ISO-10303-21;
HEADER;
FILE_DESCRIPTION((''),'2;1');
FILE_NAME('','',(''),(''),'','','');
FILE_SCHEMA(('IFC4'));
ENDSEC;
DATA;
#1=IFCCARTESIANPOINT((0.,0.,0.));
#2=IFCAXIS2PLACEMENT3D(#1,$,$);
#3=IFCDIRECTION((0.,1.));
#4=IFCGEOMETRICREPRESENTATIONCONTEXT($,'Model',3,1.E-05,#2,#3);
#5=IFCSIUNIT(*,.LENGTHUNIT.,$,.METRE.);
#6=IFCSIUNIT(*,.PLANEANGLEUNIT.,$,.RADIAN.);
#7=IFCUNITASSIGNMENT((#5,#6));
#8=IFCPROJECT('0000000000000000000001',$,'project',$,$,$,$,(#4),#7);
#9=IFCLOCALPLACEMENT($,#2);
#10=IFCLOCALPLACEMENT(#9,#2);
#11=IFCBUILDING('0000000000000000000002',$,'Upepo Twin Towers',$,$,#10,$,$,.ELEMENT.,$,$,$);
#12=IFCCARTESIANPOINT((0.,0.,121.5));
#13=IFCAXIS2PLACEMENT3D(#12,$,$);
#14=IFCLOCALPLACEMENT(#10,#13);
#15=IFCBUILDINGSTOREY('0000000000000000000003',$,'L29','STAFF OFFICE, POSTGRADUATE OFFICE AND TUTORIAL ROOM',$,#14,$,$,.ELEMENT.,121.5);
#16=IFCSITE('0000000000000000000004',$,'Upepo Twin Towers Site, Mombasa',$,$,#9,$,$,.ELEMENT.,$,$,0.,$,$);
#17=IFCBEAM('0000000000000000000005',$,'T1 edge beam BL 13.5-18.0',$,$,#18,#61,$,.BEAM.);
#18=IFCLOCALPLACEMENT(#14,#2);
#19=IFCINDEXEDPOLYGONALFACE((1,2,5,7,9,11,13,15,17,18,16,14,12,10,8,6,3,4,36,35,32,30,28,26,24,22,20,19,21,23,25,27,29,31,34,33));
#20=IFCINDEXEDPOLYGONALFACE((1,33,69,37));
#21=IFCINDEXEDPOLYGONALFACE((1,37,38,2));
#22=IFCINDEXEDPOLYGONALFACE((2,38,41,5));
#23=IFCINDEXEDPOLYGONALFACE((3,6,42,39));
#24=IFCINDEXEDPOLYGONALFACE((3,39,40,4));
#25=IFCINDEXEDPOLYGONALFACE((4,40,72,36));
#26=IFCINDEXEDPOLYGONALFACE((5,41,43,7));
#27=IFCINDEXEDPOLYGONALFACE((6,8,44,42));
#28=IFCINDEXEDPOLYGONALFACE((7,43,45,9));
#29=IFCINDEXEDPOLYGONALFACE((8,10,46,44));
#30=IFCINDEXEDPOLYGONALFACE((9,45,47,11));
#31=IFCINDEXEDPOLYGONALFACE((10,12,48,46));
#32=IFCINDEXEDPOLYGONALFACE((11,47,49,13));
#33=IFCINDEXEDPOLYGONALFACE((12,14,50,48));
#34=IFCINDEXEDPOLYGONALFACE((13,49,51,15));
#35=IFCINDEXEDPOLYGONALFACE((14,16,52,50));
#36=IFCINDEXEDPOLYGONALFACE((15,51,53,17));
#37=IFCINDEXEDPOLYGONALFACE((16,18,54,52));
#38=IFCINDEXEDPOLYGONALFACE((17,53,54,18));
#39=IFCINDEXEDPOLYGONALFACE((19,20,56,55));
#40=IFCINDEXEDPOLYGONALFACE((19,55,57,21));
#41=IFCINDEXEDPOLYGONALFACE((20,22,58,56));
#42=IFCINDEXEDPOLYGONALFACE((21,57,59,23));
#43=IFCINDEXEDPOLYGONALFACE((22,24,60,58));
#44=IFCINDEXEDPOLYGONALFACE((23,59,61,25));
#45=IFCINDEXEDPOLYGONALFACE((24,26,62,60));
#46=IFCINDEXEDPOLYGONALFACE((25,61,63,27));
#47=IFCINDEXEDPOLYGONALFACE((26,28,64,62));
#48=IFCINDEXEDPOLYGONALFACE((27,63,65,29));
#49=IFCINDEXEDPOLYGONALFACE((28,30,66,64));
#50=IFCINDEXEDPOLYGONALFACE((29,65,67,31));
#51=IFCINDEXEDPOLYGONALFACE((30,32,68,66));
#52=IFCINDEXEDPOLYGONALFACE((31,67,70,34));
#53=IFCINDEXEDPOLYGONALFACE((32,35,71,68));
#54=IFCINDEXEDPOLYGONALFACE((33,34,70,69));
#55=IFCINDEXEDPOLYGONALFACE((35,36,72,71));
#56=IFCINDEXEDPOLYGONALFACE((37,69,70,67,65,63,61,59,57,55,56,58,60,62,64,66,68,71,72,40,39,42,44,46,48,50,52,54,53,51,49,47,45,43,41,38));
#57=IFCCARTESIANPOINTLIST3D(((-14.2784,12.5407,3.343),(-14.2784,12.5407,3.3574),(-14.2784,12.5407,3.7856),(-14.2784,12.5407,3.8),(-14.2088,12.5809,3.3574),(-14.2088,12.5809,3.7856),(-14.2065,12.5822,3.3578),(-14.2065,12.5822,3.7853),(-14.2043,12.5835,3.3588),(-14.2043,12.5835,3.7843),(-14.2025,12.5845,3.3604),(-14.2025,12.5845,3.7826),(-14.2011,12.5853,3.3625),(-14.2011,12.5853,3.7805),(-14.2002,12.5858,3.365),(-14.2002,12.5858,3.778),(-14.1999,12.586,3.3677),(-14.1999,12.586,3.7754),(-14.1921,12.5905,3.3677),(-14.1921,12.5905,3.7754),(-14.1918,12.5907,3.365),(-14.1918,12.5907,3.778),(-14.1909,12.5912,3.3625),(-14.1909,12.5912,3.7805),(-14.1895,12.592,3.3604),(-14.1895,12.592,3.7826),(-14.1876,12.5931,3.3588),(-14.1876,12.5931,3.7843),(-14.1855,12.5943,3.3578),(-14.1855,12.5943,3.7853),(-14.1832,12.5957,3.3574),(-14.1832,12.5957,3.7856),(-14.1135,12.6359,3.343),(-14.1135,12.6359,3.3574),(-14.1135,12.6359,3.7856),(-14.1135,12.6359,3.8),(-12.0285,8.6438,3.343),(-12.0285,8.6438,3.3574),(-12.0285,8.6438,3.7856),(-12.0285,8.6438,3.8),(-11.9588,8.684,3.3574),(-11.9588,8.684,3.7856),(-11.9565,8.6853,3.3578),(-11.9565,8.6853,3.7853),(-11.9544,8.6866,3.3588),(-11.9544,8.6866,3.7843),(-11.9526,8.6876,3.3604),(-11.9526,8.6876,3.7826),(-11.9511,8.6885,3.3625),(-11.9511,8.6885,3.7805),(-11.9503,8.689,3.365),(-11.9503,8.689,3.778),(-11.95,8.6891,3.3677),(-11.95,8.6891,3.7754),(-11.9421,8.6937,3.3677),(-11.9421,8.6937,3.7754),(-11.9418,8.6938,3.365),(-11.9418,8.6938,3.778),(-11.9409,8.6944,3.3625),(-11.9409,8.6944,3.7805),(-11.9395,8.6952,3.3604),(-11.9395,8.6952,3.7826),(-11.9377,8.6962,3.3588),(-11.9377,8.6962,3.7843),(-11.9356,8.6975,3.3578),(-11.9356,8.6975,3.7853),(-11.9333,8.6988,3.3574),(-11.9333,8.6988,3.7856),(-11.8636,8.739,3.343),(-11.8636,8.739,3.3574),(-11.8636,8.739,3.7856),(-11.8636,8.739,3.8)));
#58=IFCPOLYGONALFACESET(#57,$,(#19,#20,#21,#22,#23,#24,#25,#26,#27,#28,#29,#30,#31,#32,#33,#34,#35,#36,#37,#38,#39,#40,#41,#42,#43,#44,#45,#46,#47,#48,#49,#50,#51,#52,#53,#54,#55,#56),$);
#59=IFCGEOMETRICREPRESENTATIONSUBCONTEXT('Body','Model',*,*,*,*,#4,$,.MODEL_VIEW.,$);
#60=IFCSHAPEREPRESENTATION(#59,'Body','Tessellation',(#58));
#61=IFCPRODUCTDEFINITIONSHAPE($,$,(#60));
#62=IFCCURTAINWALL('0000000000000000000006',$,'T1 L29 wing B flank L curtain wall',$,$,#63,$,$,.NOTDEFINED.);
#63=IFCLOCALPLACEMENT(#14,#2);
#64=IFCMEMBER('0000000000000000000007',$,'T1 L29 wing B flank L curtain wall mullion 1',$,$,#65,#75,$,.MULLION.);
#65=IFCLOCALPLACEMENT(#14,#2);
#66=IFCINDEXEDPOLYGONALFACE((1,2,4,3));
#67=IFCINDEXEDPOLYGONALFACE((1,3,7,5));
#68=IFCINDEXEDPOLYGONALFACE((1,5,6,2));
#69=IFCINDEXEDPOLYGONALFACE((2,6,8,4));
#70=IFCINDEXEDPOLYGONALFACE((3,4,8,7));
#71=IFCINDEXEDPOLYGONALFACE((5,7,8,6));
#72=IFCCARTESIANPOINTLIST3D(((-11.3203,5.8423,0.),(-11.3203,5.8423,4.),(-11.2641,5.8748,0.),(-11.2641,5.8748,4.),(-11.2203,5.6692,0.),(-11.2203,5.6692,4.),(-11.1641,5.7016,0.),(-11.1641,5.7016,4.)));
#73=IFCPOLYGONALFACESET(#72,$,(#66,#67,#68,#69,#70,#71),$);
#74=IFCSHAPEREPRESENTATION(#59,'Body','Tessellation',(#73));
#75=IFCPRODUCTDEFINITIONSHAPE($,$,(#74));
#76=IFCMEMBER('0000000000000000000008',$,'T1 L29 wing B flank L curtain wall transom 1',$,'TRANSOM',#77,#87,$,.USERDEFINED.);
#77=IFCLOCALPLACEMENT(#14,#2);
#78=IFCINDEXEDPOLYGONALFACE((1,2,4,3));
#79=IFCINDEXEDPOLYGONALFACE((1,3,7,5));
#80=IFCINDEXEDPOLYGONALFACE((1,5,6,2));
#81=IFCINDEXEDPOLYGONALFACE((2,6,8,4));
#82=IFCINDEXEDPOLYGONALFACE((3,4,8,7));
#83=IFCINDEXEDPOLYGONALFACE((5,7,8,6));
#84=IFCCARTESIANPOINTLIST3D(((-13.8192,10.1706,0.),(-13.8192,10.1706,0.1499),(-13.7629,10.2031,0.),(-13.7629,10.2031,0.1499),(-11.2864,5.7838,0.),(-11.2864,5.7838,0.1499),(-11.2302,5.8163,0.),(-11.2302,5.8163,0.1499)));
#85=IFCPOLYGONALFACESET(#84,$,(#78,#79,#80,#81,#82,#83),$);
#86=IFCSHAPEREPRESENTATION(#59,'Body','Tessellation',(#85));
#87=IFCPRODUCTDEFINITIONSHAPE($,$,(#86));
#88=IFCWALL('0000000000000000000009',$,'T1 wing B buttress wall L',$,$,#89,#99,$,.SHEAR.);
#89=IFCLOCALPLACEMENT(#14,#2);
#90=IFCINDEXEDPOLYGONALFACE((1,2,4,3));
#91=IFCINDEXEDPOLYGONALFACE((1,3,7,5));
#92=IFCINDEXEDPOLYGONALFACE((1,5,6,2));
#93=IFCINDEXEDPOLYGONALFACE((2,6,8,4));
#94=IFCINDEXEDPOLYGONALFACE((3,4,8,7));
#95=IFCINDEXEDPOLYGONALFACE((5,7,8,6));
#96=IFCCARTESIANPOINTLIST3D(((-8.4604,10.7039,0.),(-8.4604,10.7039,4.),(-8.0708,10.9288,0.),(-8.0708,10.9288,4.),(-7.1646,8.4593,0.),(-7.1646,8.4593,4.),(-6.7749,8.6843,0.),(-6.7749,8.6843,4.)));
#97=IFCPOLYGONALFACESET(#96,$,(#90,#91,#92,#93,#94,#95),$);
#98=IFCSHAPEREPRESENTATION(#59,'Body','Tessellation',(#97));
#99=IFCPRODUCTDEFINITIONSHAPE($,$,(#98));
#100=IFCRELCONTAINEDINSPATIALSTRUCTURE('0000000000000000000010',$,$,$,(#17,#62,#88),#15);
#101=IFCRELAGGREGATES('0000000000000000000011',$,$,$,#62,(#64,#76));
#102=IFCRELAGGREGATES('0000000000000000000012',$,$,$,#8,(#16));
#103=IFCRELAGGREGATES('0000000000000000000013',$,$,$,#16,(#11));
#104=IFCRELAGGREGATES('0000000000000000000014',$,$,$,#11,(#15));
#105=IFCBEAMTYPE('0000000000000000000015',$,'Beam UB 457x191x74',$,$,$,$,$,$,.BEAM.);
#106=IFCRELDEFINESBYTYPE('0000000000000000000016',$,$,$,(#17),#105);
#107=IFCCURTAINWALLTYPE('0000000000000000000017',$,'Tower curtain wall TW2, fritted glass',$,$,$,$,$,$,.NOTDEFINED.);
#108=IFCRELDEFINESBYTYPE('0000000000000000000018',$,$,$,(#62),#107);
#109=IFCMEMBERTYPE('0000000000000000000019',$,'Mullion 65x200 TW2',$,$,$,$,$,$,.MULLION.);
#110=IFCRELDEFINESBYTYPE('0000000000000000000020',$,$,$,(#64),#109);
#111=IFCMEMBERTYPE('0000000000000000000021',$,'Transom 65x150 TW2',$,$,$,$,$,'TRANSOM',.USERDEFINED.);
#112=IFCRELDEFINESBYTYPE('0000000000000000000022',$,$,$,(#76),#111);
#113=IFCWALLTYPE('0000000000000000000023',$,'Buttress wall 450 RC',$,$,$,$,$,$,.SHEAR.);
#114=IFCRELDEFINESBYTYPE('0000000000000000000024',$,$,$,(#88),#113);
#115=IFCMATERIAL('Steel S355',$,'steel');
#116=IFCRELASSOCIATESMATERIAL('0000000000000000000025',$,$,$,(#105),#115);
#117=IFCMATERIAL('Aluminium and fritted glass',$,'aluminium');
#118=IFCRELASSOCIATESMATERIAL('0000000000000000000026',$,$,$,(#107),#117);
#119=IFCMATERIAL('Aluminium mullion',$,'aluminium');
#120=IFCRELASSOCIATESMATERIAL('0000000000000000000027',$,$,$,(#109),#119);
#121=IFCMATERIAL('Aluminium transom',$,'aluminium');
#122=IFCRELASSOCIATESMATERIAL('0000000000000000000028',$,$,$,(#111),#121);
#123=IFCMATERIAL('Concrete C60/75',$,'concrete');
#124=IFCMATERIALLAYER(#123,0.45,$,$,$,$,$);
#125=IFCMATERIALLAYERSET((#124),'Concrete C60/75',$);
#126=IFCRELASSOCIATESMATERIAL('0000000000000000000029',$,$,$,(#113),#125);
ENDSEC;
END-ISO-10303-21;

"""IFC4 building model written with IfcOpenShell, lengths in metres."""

from ifc_helpers import new_model, si_unit, direction, frame, frame_2d, origin, origin_2d, place, context, subcontext, project, spatial, rectangle, i_section, extrude, material, layer, layer_set, material_profile, profile_set, type_object, element, aggregate, save


model = new_model("IFC4")

# Units and contexts
model_context = context("Model", 3, precision=1e-05, world=origin(), true_north=direction((0.0, 1.0)))
body_context = subcontext(model_context, "Body", "Model", "MODEL_VIEW")
ifc_project = project(units=[si_unit("LENGTHUNIT", "METRE"), si_unit("PLANEANGLEUNIT", "RADIAN")], contexts=[model_context])

# Site, building, storey
site_placement = place(None, origin())
site = spatial("IfcSite", under=ifc_project, at=site_placement, Name="Upepo Twin Towers Site, Mombasa", CompositionType="ELEMENT", RefElevation=0.0)
building_placement = place(site_placement, origin())
building = spatial("IfcBuilding", under=site, at=building_placement, Name="Upepo Twin Towers", CompositionType="ELEMENT")
storey_placement = place(building_placement, frame((0.0, 0.0, 121.5)))
storey = spatial("IfcBuildingStorey", under=building, at=storey_placement, Name="L29", Description="STAFF OFFICE, POSTGRADUATE OFFICE AND TUTORIAL ROOM", CompositionType="ELEMENT", Elevation=121.5)

# Beam
ifc_material_1 = material(Name="Steel S355", Category="steel")
ifc_material_profile_1 = material_profile(ifc_material_1, i_section(OverallWidth=0.1904, OverallDepth=0.457, WebThickness=0.009, FlangeThickness=0.0144, FilletRadius=0.0103, at=origin_2d()), Name="UB 457x191x74")
ifc_profile_set_1 = profile_set([ifc_material_profile_1], Name="Steel S355")
beam_type = type_object("IfcBeamType", Name="Beam UB 457x191x74", PredefinedType="BEAM", material=ifc_profile_set_1)
beam_placement = place(storey_placement, frame((-11.946, 8.6914, 3.5715), z_axis=(-0.500014, 0.866018, 0.0), x_axis=(-0.866018, -0.500014, 0.0)))
element("IfcBeam", 1, at=beam_placement, inside=storey, type_object=beam_type, Name="T1 edge beam BL 13.5-18.0", PredefinedType="BEAM", context=body_context, shape_type="SweptSolid", body=[
    extrude(i_section(OverallWidth=0.1904, OverallDepth=0.457, WebThickness=0.009, FlangeThickness=0.0144, FilletRadius=0.0103, at=origin_2d()), origin(), (0.0, 0.0, 1.0), 4.4998),
])

# Curtain wall, members
ifc_material_2 = material(Name="Aluminium and fritted glass", Category="aluminium")
curtain_wall_type = type_object("IfcCurtainWallType", Name="Tower curtain wall TW2, fritted glass", PredefinedType="NOTDEFINED", material=ifc_material_2)
curtain_wall_placement = place(storey_placement, origin())
curtain_wall = element("IfcCurtainWall", 2, at=curtain_wall_placement, inside=storey, type_object=curtain_wall_type, Name="T1 L29 wing B flank L curtain wall", PredefinedType="NOTDEFINED")
ifc_material_3 = material(Name="Aluminium mullion", Category="aluminium")
ifc_material_profile_2 = material_profile(ifc_material_3, rectangle(XDim=0.0649, YDim=0.2, at=origin_2d()), Name="MULLION 65x200")
ifc_profile_set_2 = profile_set([ifc_material_profile_2], Name="Aluminium mullion")
member_type_1 = type_object("IfcMemberType", Name="Mullion 65x200 TW2", PredefinedType="MULLION", material=ifc_profile_set_2)
member_1_placement = place(storey_placement, frame((-11.2422, 5.772, 0.0), z_axis=(0.0, 0.0, 1.0), x_axis=(-0.866025, -0.5, 0.0)))
member_1 = element("IfcMember", 3, at=member_1_placement, type_object=member_type_1, Name="T1 L29 wing B flank L curtain wall mullion 1", PredefinedType="MULLION", context=body_context, shape_type="SweptSolid", body=[
    extrude(rectangle(XDim=0.0649, YDim=0.2, at=origin_2d()), origin(), (0.0, 0.0, 1.0), 4.0),
])
ifc_material_4 = material(Name="Aluminium transom", Category="aluminium")
ifc_material_profile_3 = material_profile(ifc_material_4, rectangle(XDim=0.0649, YDim=0.1499, at=origin_2d()), Name="TRANSOM 65x150")
ifc_profile_set_3 = profile_set([ifc_material_profile_3], Name="Aluminium transom")
member_type_2 = type_object("IfcMemberType", Name="Transom 65x150 TW2", ElementType="TRANSOM", PredefinedType="USERDEFINED", material=ifc_profile_set_3)
member_2_placement = place(storey_placement, frame((-11.2583, 5.8, 0.075), z_axis=(-0.500006, 0.866022, 0.0), x_axis=(-0.866022, -0.500006, 0.0)))
member_2 = element("IfcMember", 4, at=member_2_placement, type_object=member_type_2, Name="T1 L29 wing B flank L curtain wall transom 1", ObjectType="TRANSOM", PredefinedType="USERDEFINED", context=body_context, shape_type="SweptSolid", body=[
    extrude(rectangle(XDim=0.0649, YDim=0.1499, at=origin_2d()), origin(), (0.0, 0.0, 1.0), 5.0654),
])
aggregate(curtain_wall, [member_1, member_2])

# Wall
ifc_material_5 = material(Name="Concrete C60/75", Category="concrete")
ifc_layer_1 = layer(ifc_material_5, 0.45)
ifc_layer_set_1 = layer_set([ifc_layer_1], Name="Concrete C60/75")
wall_type_1 = type_object("IfcWallType", Name="Buttress wall 450 RC", PredefinedType="SHEAR", material=ifc_layer_set_1)
wall_1_placement = place(storey_placement, frame((-6.9697, 8.5718, 0.0), z_axis=(0.0, 0.0, 1.0), x_axis=(-0.499989, 0.866032, 0.0)))
element("IfcWall", 5, at=wall_1_placement, inside=storey, type_object=wall_type_1, Name="T1 wing B buttress wall L", PredefinedType="SHEAR", context=body_context, shape_type="SweptSolid", body=[
    extrude(rectangle(XDim=2.5918, YDim=0.45, at=frame_2d((1.2959, 0.0))), origin(), (0.0, 0.0, 1.0), 4.0),
])

save(model, "model.ifc")
